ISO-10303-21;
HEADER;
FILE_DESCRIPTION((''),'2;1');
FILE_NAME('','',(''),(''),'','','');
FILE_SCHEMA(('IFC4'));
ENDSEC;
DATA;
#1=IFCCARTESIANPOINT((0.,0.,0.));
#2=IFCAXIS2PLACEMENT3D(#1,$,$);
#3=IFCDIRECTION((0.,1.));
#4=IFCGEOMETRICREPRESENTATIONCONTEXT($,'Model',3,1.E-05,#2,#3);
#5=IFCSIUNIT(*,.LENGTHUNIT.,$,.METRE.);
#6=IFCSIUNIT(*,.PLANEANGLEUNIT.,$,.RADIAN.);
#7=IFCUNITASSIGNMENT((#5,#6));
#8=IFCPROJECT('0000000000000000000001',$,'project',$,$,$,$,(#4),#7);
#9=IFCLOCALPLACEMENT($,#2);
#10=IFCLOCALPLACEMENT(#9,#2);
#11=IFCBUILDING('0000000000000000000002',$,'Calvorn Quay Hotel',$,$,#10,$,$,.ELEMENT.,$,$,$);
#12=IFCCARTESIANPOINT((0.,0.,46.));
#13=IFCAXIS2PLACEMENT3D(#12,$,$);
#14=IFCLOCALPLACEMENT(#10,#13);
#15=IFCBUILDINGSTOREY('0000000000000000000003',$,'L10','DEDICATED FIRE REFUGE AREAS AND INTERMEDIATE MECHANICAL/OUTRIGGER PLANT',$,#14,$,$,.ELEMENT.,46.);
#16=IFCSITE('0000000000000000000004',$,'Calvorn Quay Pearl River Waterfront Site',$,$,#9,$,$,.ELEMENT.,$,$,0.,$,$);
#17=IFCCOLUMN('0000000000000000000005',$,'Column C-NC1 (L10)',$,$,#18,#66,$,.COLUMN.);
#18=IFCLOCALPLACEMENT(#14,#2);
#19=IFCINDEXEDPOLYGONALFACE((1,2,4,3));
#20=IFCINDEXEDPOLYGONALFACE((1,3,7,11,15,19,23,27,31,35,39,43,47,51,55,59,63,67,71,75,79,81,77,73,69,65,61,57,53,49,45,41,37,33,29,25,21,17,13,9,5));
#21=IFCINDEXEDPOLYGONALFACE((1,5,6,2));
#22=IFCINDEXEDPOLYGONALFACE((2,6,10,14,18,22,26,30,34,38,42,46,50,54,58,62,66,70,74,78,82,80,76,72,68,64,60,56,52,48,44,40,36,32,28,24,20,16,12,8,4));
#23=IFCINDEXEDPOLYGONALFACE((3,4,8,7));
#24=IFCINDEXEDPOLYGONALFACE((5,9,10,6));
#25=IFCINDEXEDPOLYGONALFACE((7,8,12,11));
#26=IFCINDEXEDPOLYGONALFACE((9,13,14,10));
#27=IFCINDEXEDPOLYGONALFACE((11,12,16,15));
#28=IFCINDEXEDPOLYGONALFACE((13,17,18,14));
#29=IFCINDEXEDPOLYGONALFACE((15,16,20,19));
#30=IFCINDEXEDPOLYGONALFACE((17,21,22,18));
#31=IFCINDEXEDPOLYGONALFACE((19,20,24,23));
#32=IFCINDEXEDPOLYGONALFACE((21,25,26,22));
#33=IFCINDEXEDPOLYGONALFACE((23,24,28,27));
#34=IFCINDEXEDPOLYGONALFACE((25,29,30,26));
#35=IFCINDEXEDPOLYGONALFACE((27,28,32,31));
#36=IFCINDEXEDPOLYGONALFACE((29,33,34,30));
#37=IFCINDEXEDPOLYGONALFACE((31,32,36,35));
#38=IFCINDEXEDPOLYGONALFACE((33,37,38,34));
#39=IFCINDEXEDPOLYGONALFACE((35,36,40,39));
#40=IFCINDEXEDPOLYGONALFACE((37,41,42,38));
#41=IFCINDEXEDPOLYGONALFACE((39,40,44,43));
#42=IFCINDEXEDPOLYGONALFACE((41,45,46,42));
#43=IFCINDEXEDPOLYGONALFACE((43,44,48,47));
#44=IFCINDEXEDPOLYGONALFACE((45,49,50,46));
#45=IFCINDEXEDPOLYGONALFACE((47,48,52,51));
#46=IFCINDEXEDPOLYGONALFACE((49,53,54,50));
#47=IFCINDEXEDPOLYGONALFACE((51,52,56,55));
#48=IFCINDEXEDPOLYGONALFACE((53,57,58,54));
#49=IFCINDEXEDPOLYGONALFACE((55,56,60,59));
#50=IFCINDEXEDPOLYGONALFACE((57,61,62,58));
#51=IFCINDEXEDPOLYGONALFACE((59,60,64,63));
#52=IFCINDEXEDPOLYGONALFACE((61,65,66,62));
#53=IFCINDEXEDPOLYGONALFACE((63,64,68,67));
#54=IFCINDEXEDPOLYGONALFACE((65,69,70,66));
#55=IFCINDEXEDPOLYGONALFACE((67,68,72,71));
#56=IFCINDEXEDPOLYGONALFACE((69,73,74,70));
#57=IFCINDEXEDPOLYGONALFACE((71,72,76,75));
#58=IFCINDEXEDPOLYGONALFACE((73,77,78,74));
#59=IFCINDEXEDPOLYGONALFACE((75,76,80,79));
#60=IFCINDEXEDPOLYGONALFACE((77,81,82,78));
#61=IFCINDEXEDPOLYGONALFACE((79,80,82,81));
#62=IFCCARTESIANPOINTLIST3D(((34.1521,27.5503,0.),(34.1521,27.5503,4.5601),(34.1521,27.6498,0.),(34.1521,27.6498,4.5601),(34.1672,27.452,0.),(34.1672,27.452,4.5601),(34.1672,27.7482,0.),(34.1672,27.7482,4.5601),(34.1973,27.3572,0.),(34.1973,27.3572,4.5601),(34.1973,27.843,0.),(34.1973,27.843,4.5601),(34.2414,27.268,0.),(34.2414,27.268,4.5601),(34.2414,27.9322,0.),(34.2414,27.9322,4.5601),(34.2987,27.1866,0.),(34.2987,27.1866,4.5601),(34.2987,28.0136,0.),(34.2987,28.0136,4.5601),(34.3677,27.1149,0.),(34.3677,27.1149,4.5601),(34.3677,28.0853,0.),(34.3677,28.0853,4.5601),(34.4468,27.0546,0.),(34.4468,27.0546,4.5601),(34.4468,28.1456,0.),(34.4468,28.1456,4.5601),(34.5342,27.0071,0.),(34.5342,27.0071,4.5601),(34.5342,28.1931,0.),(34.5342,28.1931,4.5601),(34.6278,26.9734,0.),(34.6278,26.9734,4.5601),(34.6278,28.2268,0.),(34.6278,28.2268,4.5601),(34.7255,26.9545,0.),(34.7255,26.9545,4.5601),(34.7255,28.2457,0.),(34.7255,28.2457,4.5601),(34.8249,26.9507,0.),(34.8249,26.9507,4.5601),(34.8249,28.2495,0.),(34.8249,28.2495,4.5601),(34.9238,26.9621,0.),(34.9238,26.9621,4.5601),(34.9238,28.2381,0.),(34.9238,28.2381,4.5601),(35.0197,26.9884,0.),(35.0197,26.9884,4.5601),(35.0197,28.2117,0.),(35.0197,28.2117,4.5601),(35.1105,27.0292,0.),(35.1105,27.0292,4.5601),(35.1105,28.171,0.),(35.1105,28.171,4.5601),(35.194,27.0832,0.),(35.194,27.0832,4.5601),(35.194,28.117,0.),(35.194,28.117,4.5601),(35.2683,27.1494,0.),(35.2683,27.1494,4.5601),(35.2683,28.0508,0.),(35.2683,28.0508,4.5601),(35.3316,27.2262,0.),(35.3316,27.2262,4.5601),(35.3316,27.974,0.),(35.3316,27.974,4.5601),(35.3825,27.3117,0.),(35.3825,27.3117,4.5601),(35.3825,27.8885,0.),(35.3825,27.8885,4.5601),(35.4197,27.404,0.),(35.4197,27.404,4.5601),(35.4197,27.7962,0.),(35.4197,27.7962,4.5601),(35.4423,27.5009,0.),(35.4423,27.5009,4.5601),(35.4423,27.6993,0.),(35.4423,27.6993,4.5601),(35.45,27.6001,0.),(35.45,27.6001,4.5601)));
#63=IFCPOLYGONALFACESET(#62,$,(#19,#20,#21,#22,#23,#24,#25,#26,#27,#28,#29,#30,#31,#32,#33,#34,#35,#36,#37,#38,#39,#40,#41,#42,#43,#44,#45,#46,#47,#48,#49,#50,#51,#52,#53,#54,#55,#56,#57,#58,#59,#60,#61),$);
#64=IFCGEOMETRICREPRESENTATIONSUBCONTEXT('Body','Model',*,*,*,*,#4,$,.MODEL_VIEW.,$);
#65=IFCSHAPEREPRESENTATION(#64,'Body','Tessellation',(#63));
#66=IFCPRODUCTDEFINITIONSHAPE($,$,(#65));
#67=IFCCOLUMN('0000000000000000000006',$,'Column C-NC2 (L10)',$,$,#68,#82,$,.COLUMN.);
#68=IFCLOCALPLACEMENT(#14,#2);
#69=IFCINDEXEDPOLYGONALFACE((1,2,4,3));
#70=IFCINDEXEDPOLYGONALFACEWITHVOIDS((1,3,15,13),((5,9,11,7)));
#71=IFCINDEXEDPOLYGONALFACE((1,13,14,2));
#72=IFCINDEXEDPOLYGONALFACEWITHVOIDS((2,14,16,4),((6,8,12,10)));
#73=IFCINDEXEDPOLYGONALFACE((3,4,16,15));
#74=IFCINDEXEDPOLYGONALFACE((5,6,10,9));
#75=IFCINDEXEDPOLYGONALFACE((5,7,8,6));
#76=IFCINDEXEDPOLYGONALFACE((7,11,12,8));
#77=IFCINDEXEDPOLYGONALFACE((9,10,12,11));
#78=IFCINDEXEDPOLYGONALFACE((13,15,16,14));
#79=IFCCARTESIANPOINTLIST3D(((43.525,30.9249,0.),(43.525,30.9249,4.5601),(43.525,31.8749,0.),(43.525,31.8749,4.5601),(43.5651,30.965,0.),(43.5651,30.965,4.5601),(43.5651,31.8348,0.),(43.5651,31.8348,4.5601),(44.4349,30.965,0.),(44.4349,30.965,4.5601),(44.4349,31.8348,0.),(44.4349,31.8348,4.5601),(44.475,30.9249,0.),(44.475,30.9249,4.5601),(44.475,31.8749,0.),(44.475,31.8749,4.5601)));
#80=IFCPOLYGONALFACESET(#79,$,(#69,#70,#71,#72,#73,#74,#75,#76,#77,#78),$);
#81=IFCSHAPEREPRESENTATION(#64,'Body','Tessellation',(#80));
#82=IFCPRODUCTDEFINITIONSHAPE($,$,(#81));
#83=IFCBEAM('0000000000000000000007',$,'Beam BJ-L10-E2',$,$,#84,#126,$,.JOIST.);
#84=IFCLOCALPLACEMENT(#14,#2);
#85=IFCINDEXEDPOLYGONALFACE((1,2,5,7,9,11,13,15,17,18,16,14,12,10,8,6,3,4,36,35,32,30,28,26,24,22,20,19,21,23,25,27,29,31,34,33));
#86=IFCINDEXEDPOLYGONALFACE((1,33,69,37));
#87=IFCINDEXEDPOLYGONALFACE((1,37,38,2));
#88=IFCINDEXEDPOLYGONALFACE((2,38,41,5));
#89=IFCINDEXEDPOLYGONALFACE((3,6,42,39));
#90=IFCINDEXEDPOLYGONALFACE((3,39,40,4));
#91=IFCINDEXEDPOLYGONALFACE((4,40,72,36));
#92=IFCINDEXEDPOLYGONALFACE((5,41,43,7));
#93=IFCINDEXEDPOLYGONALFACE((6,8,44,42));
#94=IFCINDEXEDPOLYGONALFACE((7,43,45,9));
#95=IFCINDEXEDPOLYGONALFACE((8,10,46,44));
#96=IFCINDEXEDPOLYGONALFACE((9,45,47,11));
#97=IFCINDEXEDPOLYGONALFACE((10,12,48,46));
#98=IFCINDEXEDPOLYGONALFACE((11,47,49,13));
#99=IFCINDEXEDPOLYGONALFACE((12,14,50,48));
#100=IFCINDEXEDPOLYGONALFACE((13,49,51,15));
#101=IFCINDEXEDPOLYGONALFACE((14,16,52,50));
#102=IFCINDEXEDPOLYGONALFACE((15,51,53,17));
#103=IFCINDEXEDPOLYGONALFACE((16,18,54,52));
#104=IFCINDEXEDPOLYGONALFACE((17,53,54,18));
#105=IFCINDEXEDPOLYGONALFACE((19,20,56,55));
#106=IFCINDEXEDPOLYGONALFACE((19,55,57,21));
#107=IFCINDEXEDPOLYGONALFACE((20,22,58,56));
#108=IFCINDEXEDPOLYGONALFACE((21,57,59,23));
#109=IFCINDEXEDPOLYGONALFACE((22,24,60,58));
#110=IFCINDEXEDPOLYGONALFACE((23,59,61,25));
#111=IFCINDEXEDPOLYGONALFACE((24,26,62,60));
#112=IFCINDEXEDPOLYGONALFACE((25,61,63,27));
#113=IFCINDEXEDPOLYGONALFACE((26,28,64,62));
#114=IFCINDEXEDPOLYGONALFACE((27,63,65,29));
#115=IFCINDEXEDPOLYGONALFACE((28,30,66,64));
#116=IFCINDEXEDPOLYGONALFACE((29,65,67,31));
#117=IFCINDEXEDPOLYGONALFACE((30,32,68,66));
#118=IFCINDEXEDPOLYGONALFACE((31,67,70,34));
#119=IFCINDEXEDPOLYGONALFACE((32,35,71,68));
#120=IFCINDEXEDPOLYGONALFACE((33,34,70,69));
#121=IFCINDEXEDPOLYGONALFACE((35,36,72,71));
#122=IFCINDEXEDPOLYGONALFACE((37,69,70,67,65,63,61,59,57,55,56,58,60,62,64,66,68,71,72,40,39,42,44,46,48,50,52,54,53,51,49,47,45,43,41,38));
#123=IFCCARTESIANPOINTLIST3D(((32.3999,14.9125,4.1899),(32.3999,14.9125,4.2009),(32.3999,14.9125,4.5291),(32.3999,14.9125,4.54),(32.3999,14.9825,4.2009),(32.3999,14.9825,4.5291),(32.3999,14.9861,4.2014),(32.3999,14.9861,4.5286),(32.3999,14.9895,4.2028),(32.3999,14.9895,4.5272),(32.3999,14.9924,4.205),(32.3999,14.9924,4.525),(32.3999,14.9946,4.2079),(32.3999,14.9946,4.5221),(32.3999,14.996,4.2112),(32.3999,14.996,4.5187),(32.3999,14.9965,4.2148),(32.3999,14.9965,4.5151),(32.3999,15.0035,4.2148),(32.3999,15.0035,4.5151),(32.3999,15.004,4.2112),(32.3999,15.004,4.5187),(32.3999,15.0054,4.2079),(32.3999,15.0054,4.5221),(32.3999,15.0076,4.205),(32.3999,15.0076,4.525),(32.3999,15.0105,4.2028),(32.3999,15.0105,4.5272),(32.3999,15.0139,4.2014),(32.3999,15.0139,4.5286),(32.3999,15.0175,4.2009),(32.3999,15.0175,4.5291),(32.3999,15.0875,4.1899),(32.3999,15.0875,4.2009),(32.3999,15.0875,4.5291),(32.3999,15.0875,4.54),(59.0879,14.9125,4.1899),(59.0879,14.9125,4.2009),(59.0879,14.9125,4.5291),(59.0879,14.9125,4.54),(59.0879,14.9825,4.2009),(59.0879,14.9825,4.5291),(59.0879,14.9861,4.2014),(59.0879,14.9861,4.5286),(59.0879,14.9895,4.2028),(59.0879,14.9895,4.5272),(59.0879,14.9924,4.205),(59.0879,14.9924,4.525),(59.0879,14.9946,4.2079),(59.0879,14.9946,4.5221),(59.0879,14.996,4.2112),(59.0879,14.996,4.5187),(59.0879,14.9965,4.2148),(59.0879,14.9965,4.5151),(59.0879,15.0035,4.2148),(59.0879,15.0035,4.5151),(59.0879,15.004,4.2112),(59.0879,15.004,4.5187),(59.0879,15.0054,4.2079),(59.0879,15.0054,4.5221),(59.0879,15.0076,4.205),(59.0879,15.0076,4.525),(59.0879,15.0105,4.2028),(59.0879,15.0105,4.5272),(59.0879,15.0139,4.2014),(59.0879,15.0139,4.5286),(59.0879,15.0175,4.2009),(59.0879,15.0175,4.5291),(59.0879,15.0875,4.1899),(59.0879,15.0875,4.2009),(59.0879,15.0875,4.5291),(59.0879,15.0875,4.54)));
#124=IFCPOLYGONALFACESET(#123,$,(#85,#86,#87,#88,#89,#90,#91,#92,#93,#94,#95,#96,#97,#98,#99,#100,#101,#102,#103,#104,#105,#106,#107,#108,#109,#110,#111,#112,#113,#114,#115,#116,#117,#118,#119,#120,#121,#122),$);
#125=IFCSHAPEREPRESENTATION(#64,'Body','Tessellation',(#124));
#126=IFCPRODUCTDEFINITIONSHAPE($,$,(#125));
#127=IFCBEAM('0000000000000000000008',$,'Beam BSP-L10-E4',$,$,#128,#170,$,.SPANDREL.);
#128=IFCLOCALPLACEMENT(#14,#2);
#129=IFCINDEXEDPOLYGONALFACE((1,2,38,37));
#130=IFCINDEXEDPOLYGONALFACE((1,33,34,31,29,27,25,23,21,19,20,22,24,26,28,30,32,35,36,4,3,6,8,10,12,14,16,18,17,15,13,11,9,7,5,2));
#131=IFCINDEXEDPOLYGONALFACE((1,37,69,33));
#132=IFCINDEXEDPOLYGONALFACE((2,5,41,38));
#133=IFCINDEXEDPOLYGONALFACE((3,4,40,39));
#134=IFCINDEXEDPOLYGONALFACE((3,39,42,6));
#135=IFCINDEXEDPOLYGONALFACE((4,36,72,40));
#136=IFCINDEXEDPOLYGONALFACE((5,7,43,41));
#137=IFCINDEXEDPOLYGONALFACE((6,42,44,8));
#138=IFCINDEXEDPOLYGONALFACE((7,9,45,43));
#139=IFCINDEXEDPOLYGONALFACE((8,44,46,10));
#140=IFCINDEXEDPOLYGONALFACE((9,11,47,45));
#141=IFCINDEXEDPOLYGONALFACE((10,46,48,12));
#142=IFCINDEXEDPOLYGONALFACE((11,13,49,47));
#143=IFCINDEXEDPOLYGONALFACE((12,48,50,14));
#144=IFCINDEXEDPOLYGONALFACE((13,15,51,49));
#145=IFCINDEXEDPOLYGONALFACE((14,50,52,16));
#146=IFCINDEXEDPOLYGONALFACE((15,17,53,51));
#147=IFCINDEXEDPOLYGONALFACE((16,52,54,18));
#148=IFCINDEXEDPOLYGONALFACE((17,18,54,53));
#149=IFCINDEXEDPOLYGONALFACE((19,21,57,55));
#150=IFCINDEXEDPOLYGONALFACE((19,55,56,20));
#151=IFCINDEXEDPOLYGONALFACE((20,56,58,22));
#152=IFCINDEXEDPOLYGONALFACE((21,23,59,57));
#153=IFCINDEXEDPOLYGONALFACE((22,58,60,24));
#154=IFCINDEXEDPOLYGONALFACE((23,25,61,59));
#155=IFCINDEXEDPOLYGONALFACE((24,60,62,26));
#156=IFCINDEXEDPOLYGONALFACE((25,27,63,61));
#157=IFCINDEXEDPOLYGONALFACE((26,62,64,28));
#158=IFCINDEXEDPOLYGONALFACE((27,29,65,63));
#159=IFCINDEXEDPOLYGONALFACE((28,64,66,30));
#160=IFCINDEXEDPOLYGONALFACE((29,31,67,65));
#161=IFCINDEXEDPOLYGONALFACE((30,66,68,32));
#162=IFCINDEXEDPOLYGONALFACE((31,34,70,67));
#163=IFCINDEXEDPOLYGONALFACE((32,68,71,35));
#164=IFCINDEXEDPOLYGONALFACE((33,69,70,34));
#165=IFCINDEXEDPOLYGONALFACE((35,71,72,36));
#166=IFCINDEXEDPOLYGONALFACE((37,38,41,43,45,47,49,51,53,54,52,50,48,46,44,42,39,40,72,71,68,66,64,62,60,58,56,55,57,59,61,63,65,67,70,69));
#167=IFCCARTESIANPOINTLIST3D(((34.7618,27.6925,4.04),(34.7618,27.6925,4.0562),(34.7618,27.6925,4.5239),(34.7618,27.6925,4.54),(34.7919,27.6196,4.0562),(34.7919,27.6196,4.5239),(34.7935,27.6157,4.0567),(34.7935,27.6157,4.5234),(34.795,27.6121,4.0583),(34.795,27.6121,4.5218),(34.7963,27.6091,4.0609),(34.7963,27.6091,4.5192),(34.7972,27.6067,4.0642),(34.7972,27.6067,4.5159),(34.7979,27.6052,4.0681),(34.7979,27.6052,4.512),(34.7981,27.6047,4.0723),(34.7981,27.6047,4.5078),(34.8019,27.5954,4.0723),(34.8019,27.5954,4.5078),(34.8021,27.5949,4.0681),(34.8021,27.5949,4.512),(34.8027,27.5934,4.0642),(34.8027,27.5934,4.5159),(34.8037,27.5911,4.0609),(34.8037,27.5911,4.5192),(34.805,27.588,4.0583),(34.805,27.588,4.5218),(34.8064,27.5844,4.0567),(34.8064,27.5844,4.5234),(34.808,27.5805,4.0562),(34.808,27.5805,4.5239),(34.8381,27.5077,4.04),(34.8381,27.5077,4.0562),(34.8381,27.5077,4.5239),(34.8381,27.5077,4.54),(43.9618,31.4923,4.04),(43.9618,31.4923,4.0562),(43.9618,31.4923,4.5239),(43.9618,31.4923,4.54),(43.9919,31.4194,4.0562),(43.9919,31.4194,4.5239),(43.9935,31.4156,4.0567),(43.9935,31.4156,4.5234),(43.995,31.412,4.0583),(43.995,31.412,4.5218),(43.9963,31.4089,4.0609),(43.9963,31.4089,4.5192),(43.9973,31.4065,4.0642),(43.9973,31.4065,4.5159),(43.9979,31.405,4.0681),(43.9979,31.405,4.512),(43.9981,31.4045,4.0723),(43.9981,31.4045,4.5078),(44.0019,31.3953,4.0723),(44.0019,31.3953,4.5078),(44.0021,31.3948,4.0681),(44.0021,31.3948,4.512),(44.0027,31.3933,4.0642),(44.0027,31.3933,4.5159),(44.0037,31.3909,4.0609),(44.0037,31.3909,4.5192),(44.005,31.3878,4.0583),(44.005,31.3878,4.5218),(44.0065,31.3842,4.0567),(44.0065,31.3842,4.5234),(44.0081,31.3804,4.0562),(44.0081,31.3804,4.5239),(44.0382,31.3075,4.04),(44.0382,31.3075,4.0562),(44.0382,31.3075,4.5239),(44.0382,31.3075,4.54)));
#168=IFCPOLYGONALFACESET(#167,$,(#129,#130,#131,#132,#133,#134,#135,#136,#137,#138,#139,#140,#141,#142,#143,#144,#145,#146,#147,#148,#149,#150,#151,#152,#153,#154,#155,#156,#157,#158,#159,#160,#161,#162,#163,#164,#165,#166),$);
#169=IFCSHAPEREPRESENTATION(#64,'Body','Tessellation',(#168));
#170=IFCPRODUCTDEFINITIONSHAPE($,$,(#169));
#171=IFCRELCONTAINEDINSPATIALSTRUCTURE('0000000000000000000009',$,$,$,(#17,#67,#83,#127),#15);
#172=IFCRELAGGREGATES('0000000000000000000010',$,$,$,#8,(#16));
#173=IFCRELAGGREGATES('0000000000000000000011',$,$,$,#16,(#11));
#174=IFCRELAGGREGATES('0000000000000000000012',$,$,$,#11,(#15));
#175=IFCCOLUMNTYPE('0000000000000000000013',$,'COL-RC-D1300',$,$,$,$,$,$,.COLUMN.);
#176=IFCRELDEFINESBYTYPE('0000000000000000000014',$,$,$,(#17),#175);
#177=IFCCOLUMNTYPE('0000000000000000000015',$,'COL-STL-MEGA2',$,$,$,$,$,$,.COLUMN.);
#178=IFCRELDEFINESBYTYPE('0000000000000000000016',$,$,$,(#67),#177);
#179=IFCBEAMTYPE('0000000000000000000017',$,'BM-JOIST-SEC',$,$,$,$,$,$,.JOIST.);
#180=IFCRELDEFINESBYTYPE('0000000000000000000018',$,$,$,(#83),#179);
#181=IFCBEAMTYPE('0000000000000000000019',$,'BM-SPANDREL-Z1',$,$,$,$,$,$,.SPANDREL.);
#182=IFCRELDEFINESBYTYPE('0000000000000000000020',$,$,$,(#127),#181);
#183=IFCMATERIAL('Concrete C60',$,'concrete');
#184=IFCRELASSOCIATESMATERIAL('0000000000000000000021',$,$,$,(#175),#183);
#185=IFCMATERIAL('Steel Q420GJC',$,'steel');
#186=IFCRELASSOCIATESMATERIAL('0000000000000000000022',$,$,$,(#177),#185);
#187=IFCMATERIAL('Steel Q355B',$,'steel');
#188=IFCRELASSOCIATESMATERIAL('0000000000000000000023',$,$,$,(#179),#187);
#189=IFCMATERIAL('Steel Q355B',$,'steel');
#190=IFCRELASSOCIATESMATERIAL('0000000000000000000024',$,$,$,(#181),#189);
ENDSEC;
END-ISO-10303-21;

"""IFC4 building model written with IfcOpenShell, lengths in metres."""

from ifc_helpers import new_model, si_unit, direction, frame, origin, origin_2d, place, context, subcontext, project, spatial, hollow_rectangle, circle, i_section, extrude, material, material_profile, profile_set, type_object, element, save


model = new_model("IFC4")

# Units and contexts
model_context = context("Model", 3, precision=1e-05, world=origin(), true_north=direction((0.0, 1.0)))
body_context = subcontext(model_context, "Body", "Model", "MODEL_VIEW")
ifc_project = project(units=[si_unit("LENGTHUNIT", "METRE"), si_unit("PLANEANGLEUNIT", "RADIAN")], contexts=[model_context])

# Site, building, storey
site_placement = place(None, origin())
site = spatial("IfcSite", under=ifc_project, at=site_placement, Name="Calvorn Quay Pearl River Waterfront Site", CompositionType="ELEMENT", RefElevation=0.0)
building_placement = place(site_placement, origin())
building = spatial("IfcBuilding", under=site, at=building_placement, Name="Calvorn Quay Hotel", CompositionType="ELEMENT")
storey_placement = place(building_placement, frame((0.0, 0.0, 46.0)))
storey = spatial("IfcBuildingStorey", under=building, at=storey_placement, Name="L10", Description="DEDICATED FIRE REFUGE AREAS AND INTERMEDIATE MECHANICAL/OUTRIGGER PLANT", CompositionType="ELEMENT", Elevation=46.0)

# Columns
ifc_material_1 = material(Name="Concrete C60", Category="concrete")
ifc_material_profile_1 = material_profile(ifc_material_1, circle(Radius=0.6499, at=origin_2d()), Name="RCD1300")
ifc_profile_set_1 = profile_set([ifc_material_profile_1], Name="Concrete C60")
column_type_1 = type_object("IfcColumnType", Name="COL-RC-D1300", PredefinedType="COLUMN", material=ifc_profile_set_1)
column_1_placement = place(storey_placement, frame((34.8, 27.6001, 0.0), z_axis=(0.0, 0.0, 1.0), x_axis=(1.0, 0.0, 0.0)))
element("IfcColumn", 1, at=column_1_placement, inside=storey, type_object=column_type_1, Name="Column C-NC1 (L10)", PredefinedType="COLUMN", context=body_context, shape_type="SweptSolid", body=[
    extrude(circle(Radius=0.6499, at=origin_2d()), origin(), (0.0, 0.0, 1.0), 4.5601),
])
ifc_material_2 = material(Name="Steel Q420GJC", Category="steel")
ifc_material_profile_2 = material_profile(ifc_material_2, hollow_rectangle(XDim=0.95, YDim=0.95, WallThickness=0.04, at=origin_2d()), Name="BOX950x950x40")
ifc_profile_set_2 = profile_set([ifc_material_profile_2], Name="Steel Q420GJC")
column_type_2 = type_object("IfcColumnType", Name="COL-STL-MEGA2", PredefinedType="COLUMN", material=ifc_profile_set_2)
column_2_placement = place(storey_placement, frame((44.0, 31.3999, 0.0), z_axis=(0.0, 0.0, 1.0), x_axis=(1.0, 0.0, 0.0)))
element("IfcColumn", 2, at=column_2_placement, inside=storey, type_object=column_type_2, Name="Column C-NC2 (L10)", PredefinedType="COLUMN", context=body_context, shape_type="SweptSolid", body=[
    extrude(hollow_rectangle(XDim=0.95, YDim=0.95, WallThickness=0.04, at=origin_2d()), origin(), (0.0, 0.0, 1.0), 4.5601),
])

# Beams
ifc_material_3 = material(Name="Steel Q355B", Category="steel")
ifc_material_profile_3 = material_profile(ifc_material_3, i_section(OverallWidth=0.175, OverallDepth=0.3501, WebThickness=0.0071, FlangeThickness=0.011, FilletRadius=0.0139, at=origin_2d()), Name="HN350x175x7x11")
ifc_profile_set_3 = profile_set([ifc_material_profile_3], Name="Steel Q355B")
beam_type_1 = type_object("IfcBeamType", Name="BM-JOIST-SEC", PredefinedType="JOIST", material=ifc_profile_set_3)
beam_1_placement = place(storey_placement, frame((32.3999, 15.0, 4.365), z_axis=(1.0, 0.0, 0.0), x_axis=(0.0, 1.0, 0.0)))
element("IfcBeam", 3, at=beam_1_placement, inside=storey, type_object=beam_type_1, Name="Beam BJ-L10-E2", PredefinedType="JOIST", context=body_context, shape_type="SweptSolid", body=[
    extrude(i_section(OverallWidth=0.175, OverallDepth=0.3501, WebThickness=0.0071, FlangeThickness=0.011, FilletRadius=0.0139, at=origin_2d()), origin(), (0.0, 0.0, 1.0), 26.688),
])
ifc_material_4 = material(Name="Steel Q355B", Category="steel")
ifc_material_profile_4 = material_profile(ifc_material_4, i_section(OverallWidth=0.2, OverallDepth=0.5, WebThickness=0.01, FlangeThickness=0.0161, FilletRadius=0.0161, at=origin_2d()), Name="HN500x200x10x16")
ifc_profile_set_4 = profile_set([ifc_material_profile_4], Name="Steel Q355B")
beam_type_2 = type_object("IfcBeamType", Name="BM-SPANDREL-Z1", PredefinedType="SPANDREL", material=ifc_profile_set_4)
beam_2_placement = place(storey_placement, frame((44.0, 31.3999, 4.29), z_axis=(-0.924268, -0.381745, 0.0), x_axis=(0.381745, -0.924268, 0.0)))
element("IfcBeam", 4, at=beam_2_placement, inside=storey, type_object=beam_type_2, Name="Beam BSP-L10-E4", PredefinedType="SPANDREL", context=body_context, shape_type="SweptSolid", body=[
    extrude(i_section(OverallWidth=0.2, OverallDepth=0.5, WebThickness=0.01, FlangeThickness=0.0161, FilletRadius=0.0161, at=origin_2d()), origin(), (0.0, 0.0, 1.0), 9.9539),
])

save(model, "model.ifc")
